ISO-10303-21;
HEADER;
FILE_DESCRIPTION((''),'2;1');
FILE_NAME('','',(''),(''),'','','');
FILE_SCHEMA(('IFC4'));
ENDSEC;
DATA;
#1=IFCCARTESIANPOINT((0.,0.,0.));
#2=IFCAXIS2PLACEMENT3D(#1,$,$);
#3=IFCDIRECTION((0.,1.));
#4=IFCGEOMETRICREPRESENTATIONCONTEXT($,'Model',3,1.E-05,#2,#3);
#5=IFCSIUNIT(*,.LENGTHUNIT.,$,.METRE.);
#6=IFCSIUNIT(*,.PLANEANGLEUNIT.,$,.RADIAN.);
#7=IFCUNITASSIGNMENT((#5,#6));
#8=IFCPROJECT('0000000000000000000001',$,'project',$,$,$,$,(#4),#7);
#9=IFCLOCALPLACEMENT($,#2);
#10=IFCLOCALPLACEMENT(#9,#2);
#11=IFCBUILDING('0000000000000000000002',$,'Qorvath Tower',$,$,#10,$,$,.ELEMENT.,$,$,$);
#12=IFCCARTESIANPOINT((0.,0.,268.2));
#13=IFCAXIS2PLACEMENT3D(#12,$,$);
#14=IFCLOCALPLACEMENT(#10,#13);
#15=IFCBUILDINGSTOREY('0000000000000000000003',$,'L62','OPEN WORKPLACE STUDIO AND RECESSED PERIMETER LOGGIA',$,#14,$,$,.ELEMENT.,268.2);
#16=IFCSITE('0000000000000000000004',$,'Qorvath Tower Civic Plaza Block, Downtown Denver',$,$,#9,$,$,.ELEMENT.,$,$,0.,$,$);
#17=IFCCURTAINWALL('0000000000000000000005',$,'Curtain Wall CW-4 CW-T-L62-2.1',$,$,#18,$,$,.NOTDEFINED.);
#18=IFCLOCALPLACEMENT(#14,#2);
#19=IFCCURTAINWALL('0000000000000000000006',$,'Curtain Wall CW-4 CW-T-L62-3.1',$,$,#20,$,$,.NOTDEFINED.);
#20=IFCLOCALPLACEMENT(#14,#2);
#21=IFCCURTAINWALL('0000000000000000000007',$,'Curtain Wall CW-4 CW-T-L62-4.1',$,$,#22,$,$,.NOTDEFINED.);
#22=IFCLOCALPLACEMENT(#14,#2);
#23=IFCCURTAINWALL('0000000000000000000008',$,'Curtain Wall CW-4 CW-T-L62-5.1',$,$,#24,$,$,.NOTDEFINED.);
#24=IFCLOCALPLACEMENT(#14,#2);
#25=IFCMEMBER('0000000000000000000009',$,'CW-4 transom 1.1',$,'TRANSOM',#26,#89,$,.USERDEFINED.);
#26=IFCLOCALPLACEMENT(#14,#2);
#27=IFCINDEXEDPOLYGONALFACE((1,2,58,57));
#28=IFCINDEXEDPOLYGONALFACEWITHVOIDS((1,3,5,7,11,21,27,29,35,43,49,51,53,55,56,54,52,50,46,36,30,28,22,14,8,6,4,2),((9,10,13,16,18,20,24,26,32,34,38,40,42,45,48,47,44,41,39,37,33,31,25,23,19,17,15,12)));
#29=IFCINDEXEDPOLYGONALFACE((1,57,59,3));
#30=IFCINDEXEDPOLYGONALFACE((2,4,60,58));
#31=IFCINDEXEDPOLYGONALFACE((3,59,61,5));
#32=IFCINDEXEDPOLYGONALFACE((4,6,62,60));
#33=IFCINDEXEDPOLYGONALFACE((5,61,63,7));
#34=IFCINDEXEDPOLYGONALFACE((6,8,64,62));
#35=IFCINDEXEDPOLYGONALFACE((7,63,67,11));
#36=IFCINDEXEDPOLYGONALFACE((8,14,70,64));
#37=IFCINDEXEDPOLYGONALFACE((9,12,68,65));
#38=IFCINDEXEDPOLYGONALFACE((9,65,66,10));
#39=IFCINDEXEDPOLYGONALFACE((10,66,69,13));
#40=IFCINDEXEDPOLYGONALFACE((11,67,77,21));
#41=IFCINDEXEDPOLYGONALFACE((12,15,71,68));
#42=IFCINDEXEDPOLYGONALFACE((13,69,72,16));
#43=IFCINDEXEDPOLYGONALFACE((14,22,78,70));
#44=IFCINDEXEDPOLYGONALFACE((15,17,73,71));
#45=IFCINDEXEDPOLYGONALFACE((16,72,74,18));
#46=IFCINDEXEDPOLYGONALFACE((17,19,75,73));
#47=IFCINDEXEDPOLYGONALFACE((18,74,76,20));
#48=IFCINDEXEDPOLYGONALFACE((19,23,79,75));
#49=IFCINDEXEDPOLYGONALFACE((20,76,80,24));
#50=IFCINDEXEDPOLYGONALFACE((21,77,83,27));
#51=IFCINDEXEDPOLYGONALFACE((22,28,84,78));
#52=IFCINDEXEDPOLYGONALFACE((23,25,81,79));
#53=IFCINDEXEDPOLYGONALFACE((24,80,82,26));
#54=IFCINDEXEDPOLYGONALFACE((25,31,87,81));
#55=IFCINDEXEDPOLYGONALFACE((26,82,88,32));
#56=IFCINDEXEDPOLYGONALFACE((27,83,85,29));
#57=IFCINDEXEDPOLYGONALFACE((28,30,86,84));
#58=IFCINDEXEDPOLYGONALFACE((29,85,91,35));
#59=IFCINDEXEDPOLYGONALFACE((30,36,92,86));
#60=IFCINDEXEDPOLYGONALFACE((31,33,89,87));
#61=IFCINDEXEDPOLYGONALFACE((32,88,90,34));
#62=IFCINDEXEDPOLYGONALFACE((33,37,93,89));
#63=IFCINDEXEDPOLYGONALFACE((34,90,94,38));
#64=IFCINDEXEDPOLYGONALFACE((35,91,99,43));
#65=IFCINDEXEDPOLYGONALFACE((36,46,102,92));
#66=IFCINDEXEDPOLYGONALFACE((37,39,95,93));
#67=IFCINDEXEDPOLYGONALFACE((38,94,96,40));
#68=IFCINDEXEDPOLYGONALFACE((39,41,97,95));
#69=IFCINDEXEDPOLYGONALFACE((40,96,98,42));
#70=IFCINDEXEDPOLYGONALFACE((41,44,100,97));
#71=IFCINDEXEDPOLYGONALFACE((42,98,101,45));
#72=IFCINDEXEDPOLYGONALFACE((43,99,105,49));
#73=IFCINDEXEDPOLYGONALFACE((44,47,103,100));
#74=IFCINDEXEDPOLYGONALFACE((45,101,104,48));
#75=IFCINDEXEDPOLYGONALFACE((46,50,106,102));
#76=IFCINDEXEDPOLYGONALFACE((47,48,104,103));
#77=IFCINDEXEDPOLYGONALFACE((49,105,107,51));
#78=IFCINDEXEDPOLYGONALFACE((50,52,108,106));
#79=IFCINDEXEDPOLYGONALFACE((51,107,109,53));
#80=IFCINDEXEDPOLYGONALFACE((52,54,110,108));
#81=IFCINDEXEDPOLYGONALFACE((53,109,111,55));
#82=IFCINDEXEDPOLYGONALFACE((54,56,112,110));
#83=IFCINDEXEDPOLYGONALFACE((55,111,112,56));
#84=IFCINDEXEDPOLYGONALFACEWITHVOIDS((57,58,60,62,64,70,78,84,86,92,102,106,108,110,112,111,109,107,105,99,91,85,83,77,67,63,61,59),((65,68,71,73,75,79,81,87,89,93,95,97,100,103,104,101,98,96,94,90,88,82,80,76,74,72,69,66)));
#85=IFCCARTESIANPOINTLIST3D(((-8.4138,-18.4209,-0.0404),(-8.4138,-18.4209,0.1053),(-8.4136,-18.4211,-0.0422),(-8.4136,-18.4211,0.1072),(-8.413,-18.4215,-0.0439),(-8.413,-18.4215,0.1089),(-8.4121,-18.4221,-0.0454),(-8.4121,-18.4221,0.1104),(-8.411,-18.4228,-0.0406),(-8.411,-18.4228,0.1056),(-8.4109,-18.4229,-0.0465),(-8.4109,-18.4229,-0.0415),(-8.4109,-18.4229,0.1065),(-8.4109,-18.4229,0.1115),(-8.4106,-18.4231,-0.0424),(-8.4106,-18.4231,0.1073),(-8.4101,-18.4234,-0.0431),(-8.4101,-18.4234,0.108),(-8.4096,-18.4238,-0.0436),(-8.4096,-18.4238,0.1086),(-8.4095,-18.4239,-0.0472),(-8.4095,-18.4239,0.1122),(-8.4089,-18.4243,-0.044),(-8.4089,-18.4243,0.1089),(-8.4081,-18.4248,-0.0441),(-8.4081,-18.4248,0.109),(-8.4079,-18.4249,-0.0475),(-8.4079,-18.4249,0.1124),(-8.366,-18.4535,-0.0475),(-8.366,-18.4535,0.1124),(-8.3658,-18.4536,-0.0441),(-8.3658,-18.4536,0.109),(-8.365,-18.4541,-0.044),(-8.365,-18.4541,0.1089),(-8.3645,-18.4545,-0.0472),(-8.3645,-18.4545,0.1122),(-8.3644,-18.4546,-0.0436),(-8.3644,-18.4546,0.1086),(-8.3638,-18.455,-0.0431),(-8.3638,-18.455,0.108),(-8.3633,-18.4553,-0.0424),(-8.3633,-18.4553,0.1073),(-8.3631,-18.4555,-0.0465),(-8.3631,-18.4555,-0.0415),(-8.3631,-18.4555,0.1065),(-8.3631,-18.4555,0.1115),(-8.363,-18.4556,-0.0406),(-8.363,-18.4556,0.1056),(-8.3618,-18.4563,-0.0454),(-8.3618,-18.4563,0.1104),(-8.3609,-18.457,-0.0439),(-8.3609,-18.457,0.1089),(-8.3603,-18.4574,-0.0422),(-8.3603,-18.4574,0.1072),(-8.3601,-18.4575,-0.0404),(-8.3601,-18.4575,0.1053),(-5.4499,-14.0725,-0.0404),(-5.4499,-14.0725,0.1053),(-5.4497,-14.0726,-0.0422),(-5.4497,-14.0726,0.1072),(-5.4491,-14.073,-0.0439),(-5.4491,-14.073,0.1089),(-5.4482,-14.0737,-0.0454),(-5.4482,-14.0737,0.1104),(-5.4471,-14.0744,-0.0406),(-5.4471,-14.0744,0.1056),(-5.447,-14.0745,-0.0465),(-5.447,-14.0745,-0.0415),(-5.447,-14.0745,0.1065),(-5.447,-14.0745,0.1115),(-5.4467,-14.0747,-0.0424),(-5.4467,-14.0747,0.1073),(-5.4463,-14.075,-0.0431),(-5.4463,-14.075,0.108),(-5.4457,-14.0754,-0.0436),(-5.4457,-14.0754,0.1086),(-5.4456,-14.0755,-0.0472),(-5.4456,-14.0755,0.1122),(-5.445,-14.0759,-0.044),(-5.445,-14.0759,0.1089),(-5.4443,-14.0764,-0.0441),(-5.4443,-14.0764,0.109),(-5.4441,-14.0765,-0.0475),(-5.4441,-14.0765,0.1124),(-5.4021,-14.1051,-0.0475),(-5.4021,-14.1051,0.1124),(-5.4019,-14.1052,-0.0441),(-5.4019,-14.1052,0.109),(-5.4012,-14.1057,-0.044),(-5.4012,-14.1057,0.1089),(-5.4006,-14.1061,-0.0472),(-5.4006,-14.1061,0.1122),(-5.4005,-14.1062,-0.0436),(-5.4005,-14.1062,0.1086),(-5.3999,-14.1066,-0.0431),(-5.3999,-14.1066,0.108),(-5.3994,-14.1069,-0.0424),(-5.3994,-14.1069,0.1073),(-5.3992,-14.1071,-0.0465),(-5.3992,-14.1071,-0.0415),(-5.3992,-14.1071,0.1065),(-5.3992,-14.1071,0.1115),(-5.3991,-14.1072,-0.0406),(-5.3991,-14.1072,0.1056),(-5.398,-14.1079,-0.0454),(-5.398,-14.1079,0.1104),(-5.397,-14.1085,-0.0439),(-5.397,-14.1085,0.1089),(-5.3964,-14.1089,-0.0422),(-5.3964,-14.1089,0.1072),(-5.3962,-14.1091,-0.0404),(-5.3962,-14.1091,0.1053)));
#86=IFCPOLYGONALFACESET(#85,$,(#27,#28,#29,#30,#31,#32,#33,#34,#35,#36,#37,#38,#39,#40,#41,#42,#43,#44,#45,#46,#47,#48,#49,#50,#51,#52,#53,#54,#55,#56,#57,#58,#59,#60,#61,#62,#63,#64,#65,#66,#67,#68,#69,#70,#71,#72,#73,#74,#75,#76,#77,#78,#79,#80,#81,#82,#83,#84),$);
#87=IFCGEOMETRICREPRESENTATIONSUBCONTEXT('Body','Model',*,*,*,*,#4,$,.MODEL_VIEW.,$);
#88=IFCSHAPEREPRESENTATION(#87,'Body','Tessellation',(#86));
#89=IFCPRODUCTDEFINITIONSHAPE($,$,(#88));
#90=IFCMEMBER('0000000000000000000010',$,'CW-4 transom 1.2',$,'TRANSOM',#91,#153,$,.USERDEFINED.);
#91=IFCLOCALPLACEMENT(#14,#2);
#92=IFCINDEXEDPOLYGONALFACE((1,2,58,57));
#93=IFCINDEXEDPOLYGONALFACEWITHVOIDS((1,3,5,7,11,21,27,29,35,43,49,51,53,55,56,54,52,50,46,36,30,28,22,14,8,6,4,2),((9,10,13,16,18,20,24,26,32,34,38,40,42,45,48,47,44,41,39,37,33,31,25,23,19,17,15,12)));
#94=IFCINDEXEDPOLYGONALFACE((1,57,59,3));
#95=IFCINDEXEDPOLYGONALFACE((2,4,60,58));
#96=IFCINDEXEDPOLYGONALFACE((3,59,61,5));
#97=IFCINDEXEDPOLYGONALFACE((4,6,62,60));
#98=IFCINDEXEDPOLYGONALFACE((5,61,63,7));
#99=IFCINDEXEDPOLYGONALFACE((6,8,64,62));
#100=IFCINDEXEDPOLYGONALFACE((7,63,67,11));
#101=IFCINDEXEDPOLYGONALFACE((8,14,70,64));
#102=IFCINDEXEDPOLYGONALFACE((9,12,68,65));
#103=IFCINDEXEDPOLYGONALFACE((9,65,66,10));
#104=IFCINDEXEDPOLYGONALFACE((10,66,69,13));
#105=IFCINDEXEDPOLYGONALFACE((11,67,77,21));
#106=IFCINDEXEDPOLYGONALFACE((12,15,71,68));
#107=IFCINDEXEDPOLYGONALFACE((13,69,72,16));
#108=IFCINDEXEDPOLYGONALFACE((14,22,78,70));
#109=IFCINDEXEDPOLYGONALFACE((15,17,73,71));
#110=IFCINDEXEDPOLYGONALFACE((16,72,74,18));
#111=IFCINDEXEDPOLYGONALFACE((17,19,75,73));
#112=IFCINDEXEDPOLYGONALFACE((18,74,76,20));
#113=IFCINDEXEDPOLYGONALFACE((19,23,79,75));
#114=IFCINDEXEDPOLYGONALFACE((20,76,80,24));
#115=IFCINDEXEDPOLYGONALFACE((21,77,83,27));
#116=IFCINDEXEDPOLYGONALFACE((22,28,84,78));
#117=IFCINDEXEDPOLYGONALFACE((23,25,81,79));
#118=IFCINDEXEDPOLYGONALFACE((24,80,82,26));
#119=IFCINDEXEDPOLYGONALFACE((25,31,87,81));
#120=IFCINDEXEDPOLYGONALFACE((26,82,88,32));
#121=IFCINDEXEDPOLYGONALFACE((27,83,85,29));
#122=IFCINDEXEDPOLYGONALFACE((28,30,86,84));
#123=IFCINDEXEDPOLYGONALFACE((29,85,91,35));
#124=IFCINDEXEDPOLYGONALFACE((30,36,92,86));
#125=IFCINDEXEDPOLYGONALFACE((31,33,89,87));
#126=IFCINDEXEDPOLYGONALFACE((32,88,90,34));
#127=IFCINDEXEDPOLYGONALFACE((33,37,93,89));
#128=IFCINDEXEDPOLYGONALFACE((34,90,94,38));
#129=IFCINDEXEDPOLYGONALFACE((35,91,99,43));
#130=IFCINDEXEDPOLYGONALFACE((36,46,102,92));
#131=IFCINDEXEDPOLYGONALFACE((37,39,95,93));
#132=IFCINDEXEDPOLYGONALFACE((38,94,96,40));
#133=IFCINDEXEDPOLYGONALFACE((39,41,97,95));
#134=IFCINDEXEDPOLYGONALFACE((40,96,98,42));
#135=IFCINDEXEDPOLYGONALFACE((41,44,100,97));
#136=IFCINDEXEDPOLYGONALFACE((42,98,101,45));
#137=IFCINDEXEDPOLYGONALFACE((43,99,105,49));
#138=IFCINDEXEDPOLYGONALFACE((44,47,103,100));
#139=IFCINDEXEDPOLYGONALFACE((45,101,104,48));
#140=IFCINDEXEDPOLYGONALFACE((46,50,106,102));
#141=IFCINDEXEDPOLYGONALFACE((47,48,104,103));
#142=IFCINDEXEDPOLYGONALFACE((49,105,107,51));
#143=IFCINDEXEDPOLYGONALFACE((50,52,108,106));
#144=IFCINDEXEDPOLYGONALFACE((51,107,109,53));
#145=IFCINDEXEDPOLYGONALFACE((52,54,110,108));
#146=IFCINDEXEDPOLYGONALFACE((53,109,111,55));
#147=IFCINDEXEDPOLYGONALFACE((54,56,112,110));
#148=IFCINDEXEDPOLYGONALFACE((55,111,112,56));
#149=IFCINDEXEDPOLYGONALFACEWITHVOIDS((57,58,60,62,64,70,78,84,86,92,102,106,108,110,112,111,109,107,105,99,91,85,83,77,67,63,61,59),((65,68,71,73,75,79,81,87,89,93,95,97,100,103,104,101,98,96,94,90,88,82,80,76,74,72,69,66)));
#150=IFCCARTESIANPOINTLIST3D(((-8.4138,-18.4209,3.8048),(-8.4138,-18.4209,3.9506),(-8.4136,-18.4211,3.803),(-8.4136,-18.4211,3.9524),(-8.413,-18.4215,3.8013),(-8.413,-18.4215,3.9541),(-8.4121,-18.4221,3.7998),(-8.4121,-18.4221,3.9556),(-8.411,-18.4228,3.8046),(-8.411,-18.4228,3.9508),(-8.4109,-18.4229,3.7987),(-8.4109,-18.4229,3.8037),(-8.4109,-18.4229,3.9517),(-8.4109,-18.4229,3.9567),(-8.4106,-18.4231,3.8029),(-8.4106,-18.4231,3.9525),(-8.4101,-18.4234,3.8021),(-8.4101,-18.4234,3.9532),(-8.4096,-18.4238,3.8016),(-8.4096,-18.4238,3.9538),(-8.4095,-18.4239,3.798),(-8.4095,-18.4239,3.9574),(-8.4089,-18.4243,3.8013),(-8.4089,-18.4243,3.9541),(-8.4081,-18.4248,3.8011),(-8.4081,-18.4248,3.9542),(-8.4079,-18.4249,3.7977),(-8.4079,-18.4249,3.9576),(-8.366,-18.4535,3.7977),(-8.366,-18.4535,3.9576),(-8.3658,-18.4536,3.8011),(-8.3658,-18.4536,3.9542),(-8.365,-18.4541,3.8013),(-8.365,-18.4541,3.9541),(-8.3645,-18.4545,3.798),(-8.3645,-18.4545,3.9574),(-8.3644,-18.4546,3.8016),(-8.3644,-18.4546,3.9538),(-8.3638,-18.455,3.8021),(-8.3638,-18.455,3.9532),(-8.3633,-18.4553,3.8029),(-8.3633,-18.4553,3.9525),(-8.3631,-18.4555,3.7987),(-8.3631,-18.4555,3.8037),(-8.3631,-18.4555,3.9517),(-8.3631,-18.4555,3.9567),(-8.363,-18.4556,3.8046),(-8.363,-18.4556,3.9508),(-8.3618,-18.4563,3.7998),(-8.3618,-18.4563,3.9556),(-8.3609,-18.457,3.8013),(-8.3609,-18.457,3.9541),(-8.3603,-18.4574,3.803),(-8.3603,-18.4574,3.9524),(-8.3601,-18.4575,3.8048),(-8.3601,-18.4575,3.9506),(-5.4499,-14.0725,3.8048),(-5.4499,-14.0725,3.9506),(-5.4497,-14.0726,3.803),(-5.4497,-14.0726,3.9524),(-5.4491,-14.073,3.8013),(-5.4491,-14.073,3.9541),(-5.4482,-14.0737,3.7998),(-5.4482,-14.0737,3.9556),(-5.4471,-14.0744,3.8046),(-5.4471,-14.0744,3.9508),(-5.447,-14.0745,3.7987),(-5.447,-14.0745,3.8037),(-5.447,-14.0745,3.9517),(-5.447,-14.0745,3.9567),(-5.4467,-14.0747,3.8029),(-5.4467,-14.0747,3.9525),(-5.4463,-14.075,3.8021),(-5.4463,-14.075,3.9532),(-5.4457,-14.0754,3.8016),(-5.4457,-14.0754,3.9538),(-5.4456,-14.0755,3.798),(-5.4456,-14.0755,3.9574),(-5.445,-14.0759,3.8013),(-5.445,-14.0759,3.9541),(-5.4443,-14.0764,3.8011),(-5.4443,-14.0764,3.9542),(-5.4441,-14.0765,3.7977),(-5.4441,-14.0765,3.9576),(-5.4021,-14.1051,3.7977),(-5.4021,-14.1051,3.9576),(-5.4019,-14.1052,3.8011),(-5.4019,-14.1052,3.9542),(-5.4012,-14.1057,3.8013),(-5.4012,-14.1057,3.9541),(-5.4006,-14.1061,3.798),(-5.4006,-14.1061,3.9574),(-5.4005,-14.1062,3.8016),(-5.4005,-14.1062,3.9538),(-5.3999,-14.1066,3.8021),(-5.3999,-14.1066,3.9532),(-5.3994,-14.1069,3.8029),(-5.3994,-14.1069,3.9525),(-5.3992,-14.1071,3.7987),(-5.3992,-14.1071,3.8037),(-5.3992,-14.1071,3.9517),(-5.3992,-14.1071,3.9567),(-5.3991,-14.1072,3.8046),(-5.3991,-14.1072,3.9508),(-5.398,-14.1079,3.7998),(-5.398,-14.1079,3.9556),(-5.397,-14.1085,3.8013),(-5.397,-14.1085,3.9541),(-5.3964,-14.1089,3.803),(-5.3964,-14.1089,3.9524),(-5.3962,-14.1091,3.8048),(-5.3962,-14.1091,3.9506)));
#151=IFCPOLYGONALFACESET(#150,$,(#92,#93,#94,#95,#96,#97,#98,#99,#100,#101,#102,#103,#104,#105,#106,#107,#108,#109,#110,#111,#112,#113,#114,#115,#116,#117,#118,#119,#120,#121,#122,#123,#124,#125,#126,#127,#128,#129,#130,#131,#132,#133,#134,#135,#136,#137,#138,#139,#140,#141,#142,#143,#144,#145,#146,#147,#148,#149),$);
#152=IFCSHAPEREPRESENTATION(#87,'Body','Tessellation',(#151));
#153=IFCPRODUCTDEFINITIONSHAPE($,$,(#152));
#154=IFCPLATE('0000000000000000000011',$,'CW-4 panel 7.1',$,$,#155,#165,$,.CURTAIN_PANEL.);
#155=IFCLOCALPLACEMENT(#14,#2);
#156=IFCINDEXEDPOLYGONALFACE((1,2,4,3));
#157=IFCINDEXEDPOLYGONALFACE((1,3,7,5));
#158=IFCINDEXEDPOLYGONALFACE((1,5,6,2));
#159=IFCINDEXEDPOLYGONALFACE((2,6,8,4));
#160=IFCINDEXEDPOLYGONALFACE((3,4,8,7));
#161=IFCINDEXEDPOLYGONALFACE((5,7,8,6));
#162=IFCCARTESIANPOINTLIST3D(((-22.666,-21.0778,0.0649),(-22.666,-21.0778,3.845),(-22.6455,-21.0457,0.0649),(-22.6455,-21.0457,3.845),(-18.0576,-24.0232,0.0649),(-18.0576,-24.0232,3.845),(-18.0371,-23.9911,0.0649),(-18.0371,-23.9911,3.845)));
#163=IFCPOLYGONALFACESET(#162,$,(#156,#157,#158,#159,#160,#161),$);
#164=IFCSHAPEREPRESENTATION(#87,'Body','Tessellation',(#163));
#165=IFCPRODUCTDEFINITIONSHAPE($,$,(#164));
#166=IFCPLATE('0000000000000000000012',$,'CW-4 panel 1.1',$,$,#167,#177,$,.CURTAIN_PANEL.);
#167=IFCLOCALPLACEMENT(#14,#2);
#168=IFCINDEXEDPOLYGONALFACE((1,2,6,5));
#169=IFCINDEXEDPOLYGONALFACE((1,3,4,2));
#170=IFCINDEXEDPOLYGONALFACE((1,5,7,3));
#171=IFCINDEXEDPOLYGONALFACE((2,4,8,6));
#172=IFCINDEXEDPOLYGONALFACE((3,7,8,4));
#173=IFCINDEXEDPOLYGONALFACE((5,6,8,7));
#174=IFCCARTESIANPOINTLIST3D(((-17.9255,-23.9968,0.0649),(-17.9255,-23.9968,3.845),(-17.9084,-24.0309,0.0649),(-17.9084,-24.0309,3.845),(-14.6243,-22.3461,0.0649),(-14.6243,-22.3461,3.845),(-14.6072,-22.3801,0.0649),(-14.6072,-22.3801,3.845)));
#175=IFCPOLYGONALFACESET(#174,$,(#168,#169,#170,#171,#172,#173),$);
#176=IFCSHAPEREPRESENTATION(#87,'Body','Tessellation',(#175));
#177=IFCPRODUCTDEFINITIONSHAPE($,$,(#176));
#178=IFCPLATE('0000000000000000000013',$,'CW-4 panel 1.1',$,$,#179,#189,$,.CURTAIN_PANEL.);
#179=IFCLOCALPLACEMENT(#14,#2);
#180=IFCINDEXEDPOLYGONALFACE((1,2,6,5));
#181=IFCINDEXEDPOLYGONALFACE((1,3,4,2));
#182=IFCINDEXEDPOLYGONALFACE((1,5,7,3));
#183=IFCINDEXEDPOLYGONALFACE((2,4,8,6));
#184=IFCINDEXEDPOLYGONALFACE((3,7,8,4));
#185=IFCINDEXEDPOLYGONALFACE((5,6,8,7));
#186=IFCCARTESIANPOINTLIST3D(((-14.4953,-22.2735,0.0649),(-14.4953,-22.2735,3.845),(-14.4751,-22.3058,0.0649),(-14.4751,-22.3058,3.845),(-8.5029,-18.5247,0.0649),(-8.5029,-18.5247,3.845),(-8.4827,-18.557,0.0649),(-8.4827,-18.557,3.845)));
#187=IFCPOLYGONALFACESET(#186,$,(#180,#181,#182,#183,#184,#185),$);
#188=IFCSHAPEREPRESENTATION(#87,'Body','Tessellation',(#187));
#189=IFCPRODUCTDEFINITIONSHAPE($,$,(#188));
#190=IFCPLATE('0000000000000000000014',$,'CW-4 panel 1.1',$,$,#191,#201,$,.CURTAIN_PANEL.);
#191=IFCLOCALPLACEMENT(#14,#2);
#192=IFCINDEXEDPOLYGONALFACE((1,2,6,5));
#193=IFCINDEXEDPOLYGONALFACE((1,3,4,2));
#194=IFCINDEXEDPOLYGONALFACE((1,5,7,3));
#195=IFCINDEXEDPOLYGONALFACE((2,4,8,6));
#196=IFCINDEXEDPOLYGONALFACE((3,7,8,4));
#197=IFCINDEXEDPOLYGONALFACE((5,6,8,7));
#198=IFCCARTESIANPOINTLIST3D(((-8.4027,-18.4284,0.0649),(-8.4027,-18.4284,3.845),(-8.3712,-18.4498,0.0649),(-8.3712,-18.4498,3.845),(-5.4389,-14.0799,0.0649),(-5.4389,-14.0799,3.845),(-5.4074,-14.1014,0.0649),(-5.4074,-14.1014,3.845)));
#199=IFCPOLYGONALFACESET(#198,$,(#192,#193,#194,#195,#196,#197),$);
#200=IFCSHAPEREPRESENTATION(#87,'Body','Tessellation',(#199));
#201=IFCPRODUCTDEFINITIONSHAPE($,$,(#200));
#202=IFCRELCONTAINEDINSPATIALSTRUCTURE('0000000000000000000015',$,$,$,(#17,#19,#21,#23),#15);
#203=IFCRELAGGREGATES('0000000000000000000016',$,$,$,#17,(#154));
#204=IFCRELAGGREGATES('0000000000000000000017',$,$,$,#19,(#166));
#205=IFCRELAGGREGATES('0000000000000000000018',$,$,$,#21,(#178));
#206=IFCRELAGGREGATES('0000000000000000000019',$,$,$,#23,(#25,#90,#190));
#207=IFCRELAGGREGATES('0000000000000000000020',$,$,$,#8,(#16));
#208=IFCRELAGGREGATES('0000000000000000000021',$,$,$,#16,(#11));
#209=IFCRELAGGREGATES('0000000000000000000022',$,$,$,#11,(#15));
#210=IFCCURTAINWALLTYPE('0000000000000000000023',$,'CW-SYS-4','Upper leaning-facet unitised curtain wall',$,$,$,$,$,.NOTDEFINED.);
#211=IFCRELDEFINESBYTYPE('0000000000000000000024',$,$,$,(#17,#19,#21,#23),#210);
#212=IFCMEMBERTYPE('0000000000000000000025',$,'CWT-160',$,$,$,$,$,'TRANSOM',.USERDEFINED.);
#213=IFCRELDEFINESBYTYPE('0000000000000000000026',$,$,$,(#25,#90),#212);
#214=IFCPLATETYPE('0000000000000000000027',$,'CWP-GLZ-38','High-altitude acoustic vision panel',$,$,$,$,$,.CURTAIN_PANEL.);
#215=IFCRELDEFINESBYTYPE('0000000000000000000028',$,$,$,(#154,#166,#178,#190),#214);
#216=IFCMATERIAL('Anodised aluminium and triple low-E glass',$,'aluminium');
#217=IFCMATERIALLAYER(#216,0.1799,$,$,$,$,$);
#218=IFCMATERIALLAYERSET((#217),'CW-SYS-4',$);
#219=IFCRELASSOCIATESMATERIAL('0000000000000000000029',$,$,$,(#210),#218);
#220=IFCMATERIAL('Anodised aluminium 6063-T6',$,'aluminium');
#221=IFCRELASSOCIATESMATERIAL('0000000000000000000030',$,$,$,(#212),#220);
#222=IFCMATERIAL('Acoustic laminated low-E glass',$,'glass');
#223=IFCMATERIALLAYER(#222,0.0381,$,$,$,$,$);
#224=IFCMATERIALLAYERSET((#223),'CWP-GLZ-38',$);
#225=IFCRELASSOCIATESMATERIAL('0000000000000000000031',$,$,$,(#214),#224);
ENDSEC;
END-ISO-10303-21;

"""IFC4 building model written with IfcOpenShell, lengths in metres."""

from ifc_helpers import new_model, si_unit, direction, frame, origin, origin_2d, place, context, subcontext, project, spatial, rectangle, hollow_rectangle, extrude, material, layer, layer_set, material_profile, profile_set, type_object, element, aggregate, save


model = new_model("IFC4")

# Units and contexts
model_context = context("Model", 3, precision=1e-05, world=origin(), true_north=direction((0.0, 1.0)))
body_context = subcontext(model_context, "Body", "Model", "MODEL_VIEW")
ifc_project = project(units=[si_unit("LENGTHUNIT", "METRE"), si_unit("PLANEANGLEUNIT", "RADIAN")], contexts=[model_context])

# Site, building, storey
site_placement = place(None, origin())
site = spatial("IfcSite", under=ifc_project, at=site_placement, Name="Qorvath Tower Civic Plaza Block, Downtown Denver", CompositionType="ELEMENT", RefElevation=0.0)
building_placement = place(site_placement, origin())
building = spatial("IfcBuilding", under=site, at=building_placement, Name="Qorvath Tower", CompositionType="ELEMENT")
storey_placement = place(building_placement, frame((0.0, 0.0, 268.2)))
storey = spatial("IfcBuildingStorey", under=building, at=storey_placement, Name="L62", Description="OPEN WORKPLACE STUDIO AND RECESSED PERIMETER LOGGIA", CompositionType="ELEMENT", Elevation=268.2)

# Curtain wall
ifc_material_1 = material(Name="Anodised aluminium and triple low-E glass", Category="aluminium")
ifc_layer_1 = layer(ifc_material_1, 0.1799)
ifc_layer_set_1 = layer_set([ifc_layer_1], Name="CW-SYS-4")
curtain_wall_type = type_object("IfcCurtainWallType", Name="CW-SYS-4", Description="Upper leaning-facet unitised curtain wall", PredefinedType="NOTDEFINED", material=ifc_layer_set_1)
curtain_wall_1_placement = place(storey_placement, origin())
curtain_wall_1 = element("IfcCurtainWall", 1, at=curtain_wall_1_placement, inside=storey, type_object=curtain_wall_type, Name="Curtain Wall CW-4 CW-T-L62-2.1", PredefinedType="NOTDEFINED")

# Curtain walls
curtain_wall_2_placement = place(storey_placement, origin())
curtain_wall_2 = element("IfcCurtainWall", 2, at=curtain_wall_2_placement, inside=storey, type_object=curtain_wall_type, Name="Curtain Wall CW-4 CW-T-L62-3.1", PredefinedType="NOTDEFINED")
curtain_wall_3_placement = place(storey_placement, origin())
curtain_wall_3 = element("IfcCurtainWall", 3, at=curtain_wall_3_placement, inside=storey, type_object=curtain_wall_type, Name="Curtain Wall CW-4 CW-T-L62-4.1", PredefinedType="NOTDEFINED")

# Curtain wall
curtain_wall_4_placement = place(storey_placement, origin())
curtain_wall_4 = element("IfcCurtainWall", 4, at=curtain_wall_4_placement, inside=storey, type_object=curtain_wall_type, Name="Curtain Wall CW-4 CW-T-L62-5.1", PredefinedType="NOTDEFINED")

# Members
ifc_material_2 = material(Name="Anodised aluminium 6063-T6", Category="aluminium")
ifc_material_profile_1 = material_profile(ifc_material_2, hollow_rectangle(XDim=0.0649, YDim=0.1599, WallThickness=0.0034, InnerFilletRadius=0.0034, OuterFilletRadius=0.0071, at=origin_2d()), Name="CWT 160x65")
ifc_profile_set_1 = profile_set([ifc_material_profile_1], Name="Anodised aluminium 6063-T6")
member_type_1 = type_object("IfcMemberType", Name="CWT-160", ElementType="TRANSOM", PredefinedType="USERDEFINED", material=ifc_profile_set_1)
member_1_placement = place(storey_placement, frame((-8.387, -18.4392, 0.0325), z_axis=(0.563214, 0.826311, 0.0), x_axis=(-0.826311, 0.563214, 0.0)))
member_1 = element("IfcMember", 5, at=member_1_placement, type_object=member_type_1, Name="CW-4 transom 1.1", ObjectType="TRANSOM", PredefinedType="USERDEFINED", context=body_context, shape_type="SweptSolid", body=[
    extrude(hollow_rectangle(XDim=0.0649, YDim=0.1599, WallThickness=0.0034, InnerFilletRadius=0.0034, OuterFilletRadius=0.0071, at=origin_2d()), origin(), (0.0, 0.0, 1.0), 5.2625),
])
member_2_placement = place(storey_placement, frame((-8.387, -18.4392, 3.8777), z_axis=(0.563214, 0.826311, 0.0), x_axis=(-0.826311, 0.563214, 0.0)))
member_2 = element("IfcMember", 6, at=member_2_placement, type_object=member_type_1, Name="CW-4 transom 1.2", ObjectType="TRANSOM", PredefinedType="USERDEFINED", context=body_context, shape_type="SweptSolid", body=[
    extrude(hollow_rectangle(XDim=0.0649, YDim=0.1599, WallThickness=0.0034, InnerFilletRadius=0.0034, OuterFilletRadius=0.0071, at=origin_2d()), origin(), (0.0, 0.0, 1.0), 5.2625),
])

# Plates
ifc_material_3 = material(Name="Acoustic laminated low-E glass", Category="glass")
ifc_layer_2 = layer(ifc_material_3, 0.0381)
ifc_layer_set_2 = layer_set([ifc_layer_2], Name="CWP-GLZ-38")
plate_type = type_object("IfcPlateType", Name="CWP-GLZ-38", Description="High-altitude acoustic vision panel", PredefinedType="CURTAIN_PANEL", material=ifc_layer_set_2)
plate_1_placement = place(storey_placement, frame((-20.3516, -22.5344, 0.0649), z_axis=(0.0, 0.0, 1.0), x_axis=(0.842604, -0.538534, 0.0)))
plate_1 = element("IfcPlate", 7, at=plate_1_placement, type_object=plate_type, Name="CW-4 panel 7.1", PredefinedType="CURTAIN_PANEL", context=body_context, shape_type="SweptSolid", body=[
    extrude(rectangle(XDim=5.4692, YDim=0.0381, at=origin_2d()), origin(), (0.0, 0.0, 1.0), 3.78),
])
aggregate(curtain_wall_1, [plate_1])
plate_2_placement = place(storey_placement, frame((-16.2664, -23.1885, 0.0649), z_axis=(0.0, 0.0, 1.0), x_axis=(0.894412, 0.447245, 0.0)))
plate_2 = element("IfcPlate", 8, at=plate_2_placement, type_object=plate_type, Name="CW-4 panel 1.1", PredefinedType="CURTAIN_PANEL", context=body_context, shape_type="SweptSolid", body=[
    extrude(rectangle(XDim=3.6909, YDim=0.0381, at=origin_2d()), origin(), (0.0, 0.0, 1.0), 3.78),
])
aggregate(curtain_wall_2, [plate_2])
plate_3_placement = place(storey_placement, frame((-11.489, -20.4153, 0.0649), z_axis=(0.0, 0.0, 1.0), x_axis=(0.847771, 0.530363, 0.0)))
plate_3 = element("IfcPlate", 9, at=plate_3_placement, type_object=plate_type, Name="CW-4 panel 1.1", PredefinedType="CURTAIN_PANEL", context=body_context, shape_type="SweptSolid", body=[
    extrude(rectangle(XDim=7.0684, YDim=0.0381, at=origin_2d()), origin(), (0.0, 0.0, 1.0), 3.78),
])
aggregate(curtain_wall_3, [plate_3])
plate_4_placement = place(storey_placement, frame((-6.905, -16.2649, 0.0649), z_axis=(0.0, 0.0, 1.0), x_axis=(0.563203, 0.826319, 0.0)))
plate_4 = element("IfcPlate", 10, at=plate_4_placement, type_object=plate_type, Name="CW-4 panel 1.1", PredefinedType="CURTAIN_PANEL", context=body_context, shape_type="SweptSolid", body=[
    extrude(rectangle(XDim=5.2625, YDim=0.0381, at=origin_2d()), origin(), (0.0, 0.0, 1.0), 3.78),
])
aggregate(curtain_wall_4, [member_1, member_2, plate_4])

save(model, "model.ifc")
